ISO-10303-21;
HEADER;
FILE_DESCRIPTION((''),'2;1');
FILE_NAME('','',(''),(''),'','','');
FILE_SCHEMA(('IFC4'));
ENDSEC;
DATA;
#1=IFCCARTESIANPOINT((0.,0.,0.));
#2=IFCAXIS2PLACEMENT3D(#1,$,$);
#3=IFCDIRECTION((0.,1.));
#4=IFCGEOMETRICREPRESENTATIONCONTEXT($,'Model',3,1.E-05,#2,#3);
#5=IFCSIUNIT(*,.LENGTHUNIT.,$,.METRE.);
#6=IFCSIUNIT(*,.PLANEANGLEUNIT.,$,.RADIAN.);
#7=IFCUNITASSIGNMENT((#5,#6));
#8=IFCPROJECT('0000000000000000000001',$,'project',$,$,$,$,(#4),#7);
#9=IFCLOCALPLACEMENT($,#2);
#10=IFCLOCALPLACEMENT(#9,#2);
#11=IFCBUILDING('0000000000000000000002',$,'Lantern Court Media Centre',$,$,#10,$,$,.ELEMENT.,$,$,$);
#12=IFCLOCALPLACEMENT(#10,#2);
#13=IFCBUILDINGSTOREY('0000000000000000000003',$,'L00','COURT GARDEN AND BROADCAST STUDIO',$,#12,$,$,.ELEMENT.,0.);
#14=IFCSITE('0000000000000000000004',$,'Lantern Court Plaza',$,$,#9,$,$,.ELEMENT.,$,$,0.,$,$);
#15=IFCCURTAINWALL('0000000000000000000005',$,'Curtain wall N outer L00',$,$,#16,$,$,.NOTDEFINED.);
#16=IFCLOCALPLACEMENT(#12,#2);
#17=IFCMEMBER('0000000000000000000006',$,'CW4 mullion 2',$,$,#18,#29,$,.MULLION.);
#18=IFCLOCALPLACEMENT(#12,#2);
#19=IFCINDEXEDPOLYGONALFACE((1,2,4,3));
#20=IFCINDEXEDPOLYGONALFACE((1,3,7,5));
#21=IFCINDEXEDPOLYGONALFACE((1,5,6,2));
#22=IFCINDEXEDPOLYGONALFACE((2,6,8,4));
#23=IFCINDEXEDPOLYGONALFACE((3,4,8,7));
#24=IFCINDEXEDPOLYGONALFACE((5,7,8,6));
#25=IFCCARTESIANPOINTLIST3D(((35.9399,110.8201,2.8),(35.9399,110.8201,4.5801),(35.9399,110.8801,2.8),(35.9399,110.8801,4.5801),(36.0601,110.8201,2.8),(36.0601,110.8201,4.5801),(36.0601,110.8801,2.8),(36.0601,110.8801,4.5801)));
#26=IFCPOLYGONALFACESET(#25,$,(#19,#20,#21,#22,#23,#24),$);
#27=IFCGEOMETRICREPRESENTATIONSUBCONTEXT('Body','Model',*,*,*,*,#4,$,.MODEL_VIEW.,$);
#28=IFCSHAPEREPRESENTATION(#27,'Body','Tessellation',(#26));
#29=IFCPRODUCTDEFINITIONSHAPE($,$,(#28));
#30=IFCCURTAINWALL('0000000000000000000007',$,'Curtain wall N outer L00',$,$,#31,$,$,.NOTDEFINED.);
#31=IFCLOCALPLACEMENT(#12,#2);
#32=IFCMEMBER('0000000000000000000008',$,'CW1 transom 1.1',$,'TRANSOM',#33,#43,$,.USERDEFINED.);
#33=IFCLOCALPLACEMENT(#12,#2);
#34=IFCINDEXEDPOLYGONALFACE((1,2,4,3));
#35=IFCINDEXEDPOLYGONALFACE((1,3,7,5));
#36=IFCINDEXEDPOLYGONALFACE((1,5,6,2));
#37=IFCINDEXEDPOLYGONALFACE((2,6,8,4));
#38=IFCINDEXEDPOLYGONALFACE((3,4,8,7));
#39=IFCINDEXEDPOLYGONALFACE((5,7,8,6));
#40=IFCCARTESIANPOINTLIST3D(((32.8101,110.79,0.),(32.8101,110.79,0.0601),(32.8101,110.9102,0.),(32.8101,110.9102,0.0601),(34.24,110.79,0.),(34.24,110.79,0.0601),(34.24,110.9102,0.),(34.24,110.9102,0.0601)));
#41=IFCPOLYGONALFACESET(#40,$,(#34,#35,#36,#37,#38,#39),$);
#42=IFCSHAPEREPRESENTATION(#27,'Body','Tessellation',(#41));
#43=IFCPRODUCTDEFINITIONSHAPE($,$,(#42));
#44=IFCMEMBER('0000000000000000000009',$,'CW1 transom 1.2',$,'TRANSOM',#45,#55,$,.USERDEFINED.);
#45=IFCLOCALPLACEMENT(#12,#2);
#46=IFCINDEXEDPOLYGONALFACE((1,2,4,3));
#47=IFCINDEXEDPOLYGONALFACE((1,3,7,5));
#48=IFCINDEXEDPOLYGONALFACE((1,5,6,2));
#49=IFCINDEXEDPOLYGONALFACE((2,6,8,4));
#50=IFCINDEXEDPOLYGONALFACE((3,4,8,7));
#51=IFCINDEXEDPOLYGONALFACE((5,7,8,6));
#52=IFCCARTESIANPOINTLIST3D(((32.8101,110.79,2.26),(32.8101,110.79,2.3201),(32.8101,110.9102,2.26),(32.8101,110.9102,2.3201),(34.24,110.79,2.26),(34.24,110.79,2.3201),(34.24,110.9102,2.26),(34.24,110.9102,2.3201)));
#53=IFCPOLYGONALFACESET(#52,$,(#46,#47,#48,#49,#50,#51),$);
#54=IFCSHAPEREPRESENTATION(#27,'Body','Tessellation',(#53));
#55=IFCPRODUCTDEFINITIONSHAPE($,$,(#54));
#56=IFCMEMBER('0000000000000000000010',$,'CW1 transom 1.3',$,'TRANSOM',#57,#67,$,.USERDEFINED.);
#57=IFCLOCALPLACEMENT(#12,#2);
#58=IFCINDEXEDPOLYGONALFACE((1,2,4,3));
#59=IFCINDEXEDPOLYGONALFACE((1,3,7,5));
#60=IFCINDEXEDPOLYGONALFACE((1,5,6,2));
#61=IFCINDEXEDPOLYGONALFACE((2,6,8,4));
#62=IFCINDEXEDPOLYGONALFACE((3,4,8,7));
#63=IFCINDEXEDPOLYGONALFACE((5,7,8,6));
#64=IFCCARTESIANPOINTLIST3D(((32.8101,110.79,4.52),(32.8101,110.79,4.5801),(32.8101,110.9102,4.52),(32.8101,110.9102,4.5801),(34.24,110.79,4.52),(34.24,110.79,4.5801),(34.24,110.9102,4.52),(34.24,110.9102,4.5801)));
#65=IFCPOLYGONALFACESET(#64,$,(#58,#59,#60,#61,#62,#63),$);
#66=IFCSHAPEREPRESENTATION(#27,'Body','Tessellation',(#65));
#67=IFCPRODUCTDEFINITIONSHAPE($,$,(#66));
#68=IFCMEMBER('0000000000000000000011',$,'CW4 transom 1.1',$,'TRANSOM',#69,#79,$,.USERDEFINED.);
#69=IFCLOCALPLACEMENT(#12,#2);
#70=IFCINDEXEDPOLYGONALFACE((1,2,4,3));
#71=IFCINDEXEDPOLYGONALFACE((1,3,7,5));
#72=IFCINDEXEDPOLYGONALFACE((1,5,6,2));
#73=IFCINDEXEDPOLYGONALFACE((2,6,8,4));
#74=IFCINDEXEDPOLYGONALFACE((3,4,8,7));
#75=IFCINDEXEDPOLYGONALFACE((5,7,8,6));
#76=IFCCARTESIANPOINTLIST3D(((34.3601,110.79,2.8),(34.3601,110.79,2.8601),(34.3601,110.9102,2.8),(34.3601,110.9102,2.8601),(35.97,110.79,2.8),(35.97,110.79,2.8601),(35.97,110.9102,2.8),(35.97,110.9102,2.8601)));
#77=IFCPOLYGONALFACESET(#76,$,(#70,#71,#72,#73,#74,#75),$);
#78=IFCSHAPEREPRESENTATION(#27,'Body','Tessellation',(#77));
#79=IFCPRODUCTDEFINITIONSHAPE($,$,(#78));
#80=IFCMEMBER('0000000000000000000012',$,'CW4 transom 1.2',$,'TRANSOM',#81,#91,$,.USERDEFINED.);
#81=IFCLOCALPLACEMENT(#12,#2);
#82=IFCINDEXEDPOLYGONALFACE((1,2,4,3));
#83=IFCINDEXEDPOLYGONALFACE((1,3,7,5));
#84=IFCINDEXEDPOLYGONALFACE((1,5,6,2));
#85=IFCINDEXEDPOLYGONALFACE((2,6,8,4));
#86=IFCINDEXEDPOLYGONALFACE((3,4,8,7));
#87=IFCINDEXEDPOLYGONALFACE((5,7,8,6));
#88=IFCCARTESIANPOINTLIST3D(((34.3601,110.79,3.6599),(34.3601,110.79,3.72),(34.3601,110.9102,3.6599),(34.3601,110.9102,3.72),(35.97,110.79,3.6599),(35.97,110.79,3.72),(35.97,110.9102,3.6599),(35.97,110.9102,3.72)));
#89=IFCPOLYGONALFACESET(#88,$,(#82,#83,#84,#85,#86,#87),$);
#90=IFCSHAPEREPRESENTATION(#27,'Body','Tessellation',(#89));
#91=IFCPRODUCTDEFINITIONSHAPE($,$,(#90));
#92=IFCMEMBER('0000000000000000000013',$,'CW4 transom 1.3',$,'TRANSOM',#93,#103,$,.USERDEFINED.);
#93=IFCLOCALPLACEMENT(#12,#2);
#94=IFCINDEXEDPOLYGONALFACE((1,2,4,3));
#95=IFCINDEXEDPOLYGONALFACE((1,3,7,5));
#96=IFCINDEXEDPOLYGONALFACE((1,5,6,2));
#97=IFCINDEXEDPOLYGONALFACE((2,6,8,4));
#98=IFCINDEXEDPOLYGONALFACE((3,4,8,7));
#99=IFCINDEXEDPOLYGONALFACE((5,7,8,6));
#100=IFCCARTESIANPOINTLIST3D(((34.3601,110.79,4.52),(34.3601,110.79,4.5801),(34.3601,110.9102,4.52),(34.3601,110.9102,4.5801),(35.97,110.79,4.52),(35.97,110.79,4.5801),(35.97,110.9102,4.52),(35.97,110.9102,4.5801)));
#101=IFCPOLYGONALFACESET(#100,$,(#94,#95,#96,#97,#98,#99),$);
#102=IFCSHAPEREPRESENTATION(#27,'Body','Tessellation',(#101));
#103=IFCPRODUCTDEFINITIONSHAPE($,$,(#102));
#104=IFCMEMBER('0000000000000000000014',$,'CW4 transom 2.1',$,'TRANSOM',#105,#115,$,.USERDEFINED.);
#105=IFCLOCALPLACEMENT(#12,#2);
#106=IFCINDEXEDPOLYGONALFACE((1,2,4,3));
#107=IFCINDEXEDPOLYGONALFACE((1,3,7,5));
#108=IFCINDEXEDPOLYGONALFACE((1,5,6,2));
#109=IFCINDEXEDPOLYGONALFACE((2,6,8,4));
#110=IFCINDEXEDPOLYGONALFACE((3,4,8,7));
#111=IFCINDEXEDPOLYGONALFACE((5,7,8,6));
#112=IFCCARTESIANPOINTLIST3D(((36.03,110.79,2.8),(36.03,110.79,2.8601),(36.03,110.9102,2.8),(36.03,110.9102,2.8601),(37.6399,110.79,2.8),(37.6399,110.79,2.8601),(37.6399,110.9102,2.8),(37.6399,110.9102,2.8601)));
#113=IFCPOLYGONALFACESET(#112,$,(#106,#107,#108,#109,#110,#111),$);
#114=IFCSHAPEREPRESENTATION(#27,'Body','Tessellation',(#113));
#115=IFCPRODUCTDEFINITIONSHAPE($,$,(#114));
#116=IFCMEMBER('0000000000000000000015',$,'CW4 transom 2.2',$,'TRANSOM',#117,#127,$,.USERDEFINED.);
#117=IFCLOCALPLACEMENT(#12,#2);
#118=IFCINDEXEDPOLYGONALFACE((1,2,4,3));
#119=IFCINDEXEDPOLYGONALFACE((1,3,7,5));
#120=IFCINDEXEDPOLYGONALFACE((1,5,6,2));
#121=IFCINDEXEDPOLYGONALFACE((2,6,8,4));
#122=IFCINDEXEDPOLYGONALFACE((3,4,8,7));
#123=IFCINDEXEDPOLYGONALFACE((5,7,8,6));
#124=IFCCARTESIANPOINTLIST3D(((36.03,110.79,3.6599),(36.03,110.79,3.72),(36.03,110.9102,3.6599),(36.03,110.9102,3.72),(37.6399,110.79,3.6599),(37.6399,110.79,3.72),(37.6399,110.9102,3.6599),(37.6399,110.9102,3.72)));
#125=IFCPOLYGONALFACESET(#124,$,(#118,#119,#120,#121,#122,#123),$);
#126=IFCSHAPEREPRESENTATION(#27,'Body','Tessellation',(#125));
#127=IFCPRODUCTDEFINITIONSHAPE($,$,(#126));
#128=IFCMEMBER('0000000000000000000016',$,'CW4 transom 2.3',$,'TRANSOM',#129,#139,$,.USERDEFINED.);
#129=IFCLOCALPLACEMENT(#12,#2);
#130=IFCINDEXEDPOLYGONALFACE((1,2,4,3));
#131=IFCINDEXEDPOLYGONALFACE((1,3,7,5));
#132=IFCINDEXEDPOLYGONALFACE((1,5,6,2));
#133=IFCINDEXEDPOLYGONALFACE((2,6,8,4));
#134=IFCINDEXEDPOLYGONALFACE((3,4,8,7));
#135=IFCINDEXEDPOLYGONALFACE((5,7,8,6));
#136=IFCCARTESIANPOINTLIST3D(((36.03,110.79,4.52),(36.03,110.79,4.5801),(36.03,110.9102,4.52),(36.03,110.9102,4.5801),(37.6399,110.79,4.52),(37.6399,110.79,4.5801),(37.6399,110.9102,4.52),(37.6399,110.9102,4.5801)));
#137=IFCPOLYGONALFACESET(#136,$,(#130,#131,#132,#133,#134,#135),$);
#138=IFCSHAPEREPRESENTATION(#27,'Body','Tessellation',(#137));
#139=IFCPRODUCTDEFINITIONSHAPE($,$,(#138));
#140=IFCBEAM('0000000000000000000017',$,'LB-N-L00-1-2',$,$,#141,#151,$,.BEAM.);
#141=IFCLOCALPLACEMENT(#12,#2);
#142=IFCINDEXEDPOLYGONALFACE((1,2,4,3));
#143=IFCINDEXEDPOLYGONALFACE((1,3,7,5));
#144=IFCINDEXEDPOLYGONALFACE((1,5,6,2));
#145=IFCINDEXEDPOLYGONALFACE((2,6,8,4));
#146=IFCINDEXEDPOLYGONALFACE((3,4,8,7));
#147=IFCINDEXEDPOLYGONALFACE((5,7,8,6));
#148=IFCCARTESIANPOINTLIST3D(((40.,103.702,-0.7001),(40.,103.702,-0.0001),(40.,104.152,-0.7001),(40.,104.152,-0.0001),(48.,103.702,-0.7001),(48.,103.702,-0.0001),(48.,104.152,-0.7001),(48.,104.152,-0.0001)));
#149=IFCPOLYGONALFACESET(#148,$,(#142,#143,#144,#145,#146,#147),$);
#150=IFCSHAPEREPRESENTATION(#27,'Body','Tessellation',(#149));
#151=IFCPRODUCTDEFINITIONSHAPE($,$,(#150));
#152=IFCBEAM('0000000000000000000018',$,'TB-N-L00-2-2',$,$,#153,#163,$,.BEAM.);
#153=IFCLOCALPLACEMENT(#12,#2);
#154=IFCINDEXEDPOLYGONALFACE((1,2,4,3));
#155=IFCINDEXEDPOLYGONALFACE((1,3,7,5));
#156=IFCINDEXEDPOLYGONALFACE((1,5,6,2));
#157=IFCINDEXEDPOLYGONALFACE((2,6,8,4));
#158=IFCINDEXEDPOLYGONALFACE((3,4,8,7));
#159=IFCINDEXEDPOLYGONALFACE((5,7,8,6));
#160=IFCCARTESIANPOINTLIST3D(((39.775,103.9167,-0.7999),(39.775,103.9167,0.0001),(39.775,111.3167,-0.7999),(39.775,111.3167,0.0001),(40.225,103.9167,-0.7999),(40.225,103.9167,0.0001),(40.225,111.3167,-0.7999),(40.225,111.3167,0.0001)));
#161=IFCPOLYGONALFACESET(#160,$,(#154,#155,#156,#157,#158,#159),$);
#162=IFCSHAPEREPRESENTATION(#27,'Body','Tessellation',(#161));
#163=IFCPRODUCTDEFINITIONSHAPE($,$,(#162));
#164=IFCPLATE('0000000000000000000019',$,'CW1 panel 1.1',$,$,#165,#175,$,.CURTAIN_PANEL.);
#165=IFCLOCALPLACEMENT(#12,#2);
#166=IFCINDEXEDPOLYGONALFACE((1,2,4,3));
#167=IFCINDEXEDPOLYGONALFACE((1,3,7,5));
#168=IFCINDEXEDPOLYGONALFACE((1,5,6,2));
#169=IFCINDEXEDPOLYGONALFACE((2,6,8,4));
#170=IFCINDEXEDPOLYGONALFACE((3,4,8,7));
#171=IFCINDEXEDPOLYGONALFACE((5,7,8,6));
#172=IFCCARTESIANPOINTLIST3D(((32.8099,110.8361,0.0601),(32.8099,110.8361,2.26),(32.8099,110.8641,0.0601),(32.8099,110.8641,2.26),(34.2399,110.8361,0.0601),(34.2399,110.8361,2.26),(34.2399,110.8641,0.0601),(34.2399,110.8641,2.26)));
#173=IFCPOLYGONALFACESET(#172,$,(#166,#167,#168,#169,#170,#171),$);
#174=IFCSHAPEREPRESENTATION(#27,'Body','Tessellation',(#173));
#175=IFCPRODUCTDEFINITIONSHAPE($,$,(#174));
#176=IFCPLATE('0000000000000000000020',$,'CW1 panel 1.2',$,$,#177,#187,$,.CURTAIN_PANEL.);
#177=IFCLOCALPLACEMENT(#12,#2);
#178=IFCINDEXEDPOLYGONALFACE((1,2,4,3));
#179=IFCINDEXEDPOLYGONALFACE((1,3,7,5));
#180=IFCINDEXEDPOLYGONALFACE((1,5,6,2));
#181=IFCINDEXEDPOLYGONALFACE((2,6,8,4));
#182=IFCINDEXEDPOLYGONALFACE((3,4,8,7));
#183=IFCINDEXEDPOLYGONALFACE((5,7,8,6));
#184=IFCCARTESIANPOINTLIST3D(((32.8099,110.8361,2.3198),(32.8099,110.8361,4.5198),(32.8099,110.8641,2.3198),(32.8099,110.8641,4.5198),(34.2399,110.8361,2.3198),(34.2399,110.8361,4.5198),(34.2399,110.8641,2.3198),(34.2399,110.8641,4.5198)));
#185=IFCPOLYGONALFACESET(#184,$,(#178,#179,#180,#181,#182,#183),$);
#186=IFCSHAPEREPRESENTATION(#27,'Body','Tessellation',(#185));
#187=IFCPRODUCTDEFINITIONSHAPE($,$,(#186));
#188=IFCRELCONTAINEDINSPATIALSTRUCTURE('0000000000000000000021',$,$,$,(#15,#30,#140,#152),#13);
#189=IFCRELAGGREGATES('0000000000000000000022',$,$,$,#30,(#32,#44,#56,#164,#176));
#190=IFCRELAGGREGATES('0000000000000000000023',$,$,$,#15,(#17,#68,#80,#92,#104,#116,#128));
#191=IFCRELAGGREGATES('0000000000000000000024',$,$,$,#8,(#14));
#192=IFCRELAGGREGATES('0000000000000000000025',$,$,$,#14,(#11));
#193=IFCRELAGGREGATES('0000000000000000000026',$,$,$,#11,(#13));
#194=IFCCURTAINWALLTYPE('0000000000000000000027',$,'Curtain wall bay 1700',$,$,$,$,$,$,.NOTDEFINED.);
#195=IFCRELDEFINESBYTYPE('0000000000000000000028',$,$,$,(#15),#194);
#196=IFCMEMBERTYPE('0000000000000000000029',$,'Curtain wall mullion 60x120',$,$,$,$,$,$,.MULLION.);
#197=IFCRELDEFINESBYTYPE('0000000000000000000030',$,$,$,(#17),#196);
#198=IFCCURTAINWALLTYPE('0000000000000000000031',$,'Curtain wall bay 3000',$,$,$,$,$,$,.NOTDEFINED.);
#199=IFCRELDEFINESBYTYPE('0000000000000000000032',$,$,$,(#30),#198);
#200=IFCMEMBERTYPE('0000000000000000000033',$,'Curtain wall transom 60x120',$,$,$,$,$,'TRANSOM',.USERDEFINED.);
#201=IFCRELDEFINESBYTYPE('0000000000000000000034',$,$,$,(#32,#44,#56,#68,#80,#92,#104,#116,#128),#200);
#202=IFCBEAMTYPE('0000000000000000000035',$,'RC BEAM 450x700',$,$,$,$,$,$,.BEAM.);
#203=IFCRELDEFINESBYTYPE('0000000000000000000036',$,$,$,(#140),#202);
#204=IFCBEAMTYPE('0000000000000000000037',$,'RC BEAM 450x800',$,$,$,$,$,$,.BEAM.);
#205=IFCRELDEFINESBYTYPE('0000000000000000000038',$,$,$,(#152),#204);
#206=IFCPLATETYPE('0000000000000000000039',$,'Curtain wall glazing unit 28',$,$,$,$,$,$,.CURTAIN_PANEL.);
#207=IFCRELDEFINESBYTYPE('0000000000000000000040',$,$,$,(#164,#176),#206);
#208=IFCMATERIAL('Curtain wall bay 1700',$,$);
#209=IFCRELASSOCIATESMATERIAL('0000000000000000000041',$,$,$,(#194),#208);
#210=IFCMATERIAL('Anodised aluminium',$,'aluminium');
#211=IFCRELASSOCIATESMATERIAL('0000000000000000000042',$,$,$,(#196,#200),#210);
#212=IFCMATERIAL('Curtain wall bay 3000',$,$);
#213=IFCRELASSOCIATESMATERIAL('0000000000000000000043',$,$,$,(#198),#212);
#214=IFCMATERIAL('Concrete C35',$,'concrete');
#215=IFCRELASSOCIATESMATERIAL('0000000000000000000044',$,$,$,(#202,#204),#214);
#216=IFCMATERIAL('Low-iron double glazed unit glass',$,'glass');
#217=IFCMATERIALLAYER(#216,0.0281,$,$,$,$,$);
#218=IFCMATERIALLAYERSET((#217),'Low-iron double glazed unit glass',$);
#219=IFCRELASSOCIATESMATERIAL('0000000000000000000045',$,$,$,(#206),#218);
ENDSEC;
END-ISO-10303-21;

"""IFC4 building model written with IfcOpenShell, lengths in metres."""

from ifc_helpers import new_model, si_unit, direction, frame, origin, origin_2d, place, context, subcontext, project, spatial, rectangle, extrude, material, layer, layer_set, material_profile, profile_set, type_object, element, aggregate, save


model = new_model("IFC4")

# Units and contexts
model_context = context("Model", 3, precision=1e-05, world=origin(), true_north=direction((0.0, 1.0)))
body_context = subcontext(model_context, "Body", "Model", "MODEL_VIEW")
ifc_project = project(units=[si_unit("LENGTHUNIT", "METRE"), si_unit("PLANEANGLEUNIT", "RADIAN")], contexts=[model_context])

# Site, building, storey
site_placement = place(None, origin())
site = spatial("IfcSite", under=ifc_project, at=site_placement, Name="Lantern Court Plaza", CompositionType="ELEMENT", RefElevation=0.0)
building_placement = place(site_placement, origin())
building = spatial("IfcBuilding", under=site, at=building_placement, Name="Lantern Court Media Centre", CompositionType="ELEMENT")
storey_placement = place(building_placement, origin())
storey = spatial("IfcBuildingStorey", under=building, at=storey_placement, Name="L00", Description="COURT GARDEN AND BROADCAST STUDIO", CompositionType="ELEMENT", Elevation=0.0)

# Shared definitions
ifc_material_1 = material(Name="Concrete C35", Category="concrete")

# Curtain walls, members
ifc_material_2 = material(Name="Curtain wall bay 1700")
curtain_wall_type_1 = type_object("IfcCurtainWallType", Name="Curtain wall bay 1700", PredefinedType="NOTDEFINED", material=ifc_material_2)
curtain_wall_1_placement = place(storey_placement, origin())
curtain_wall_1 = element("IfcCurtainWall", 1, at=curtain_wall_1_placement, inside=storey, type_object=curtain_wall_type_1, Name="Curtain wall N outer L00", PredefinedType="NOTDEFINED")
ifc_material_3 = material(Name="Anodised aluminium", Category="aluminium")
ifc_material_profile_1 = material_profile(ifc_material_3, rectangle(XDim=0.0601, YDim=0.1201, at=origin_2d()), Name="AL 60x120")
ifc_profile_set_1 = profile_set([ifc_material_profile_1], Name="Anodised aluminium")
member_type_1 = type_object("IfcMemberType", Name="Curtain wall mullion 60x120", PredefinedType="MULLION", material=ifc_profile_set_1)
member_1_placement = place(storey_placement, frame((36.0, 110.8501, 2.8), z_axis=(0.0, 0.0, 1.0), x_axis=(0.0, 1.0, 0.0)))
member_1 = element("IfcMember", 2, at=member_1_placement, type_object=member_type_1, Name="CW4 mullion 2", PredefinedType="MULLION", context=body_context, shape_type="SweptSolid", body=[
    extrude(rectangle(XDim=0.0601, YDim=0.1201, at=origin_2d()), origin(), (0.0, 0.0, 1.0), 1.78),
])
ifc_material_4 = material(Name="Curtain wall bay 3000")
curtain_wall_type_2 = type_object("IfcCurtainWallType", Name="Curtain wall bay 3000", PredefinedType="NOTDEFINED", material=ifc_material_4)
curtain_wall_2_placement = place(storey_placement, origin())
curtain_wall_2 = element("IfcCurtainWall", 3, at=curtain_wall_2_placement, inside=storey, type_object=curtain_wall_type_2, Name="Curtain wall N outer L00", PredefinedType="NOTDEFINED")
ifc_material_profile_2 = material_profile(ifc_material_3, rectangle(XDim=0.1201, YDim=0.0601, at=origin_2d()), Name="AL 60x120")
ifc_profile_set_2 = profile_set([ifc_material_profile_2], Name="Anodised aluminium")
member_type_2 = type_object("IfcMemberType", Name="Curtain wall transom 60x120", ElementType="TRANSOM", PredefinedType="USERDEFINED", material=ifc_profile_set_2)
member_2_placement = place(storey_placement, frame((32.8101, 110.8501, 0.03), z_axis=(1.0, 0.0, 0.0), x_axis=(0.0, 1.0, 0.0)))
member_2 = element("IfcMember", 4, at=member_2_placement, type_object=member_type_2, Name="CW1 transom 1.1", ObjectType="TRANSOM", PredefinedType="USERDEFINED", context=body_context, shape_type="SweptSolid", body=[
    extrude(rectangle(XDim=0.1201, YDim=0.0601, at=origin_2d()), origin(), (0.0, 0.0, 1.0), 1.4299),
])
member_3_placement = place(storey_placement, frame((32.8101, 110.8501, 2.29), z_axis=(1.0, 0.0, 0.0), x_axis=(0.0, 1.0, 0.0)))
member_3 = element("IfcMember", 5, at=member_3_placement, type_object=member_type_2, Name="CW1 transom 1.2", ObjectType="TRANSOM", PredefinedType="USERDEFINED", context=body_context, shape_type="SweptSolid", body=[
    extrude(rectangle(XDim=0.1201, YDim=0.0601, at=origin_2d()), origin(), (0.0, 0.0, 1.0), 1.4299),
])
member_4_placement = place(storey_placement, frame((32.8101, 110.8501, 4.55), z_axis=(1.0, 0.0, 0.0), x_axis=(0.0, 1.0, 0.0)))
member_4 = element("IfcMember", 6, at=member_4_placement, type_object=member_type_2, Name="CW1 transom 1.3", ObjectType="TRANSOM", PredefinedType="USERDEFINED", context=body_context, shape_type="SweptSolid", body=[
    extrude(rectangle(XDim=0.1201, YDim=0.0601, at=origin_2d()), origin(), (0.0, 0.0, 1.0), 1.4299),
])

# Members
member_5_placement = place(storey_placement, frame((34.3601, 110.8501, 2.8301), z_axis=(1.0, 0.0, 0.0), x_axis=(0.0, 1.0, 0.0)))
member_5 = element("IfcMember", 7, at=member_5_placement, type_object=member_type_2, Name="CW4 transom 1.1", ObjectType="TRANSOM", PredefinedType="USERDEFINED", context=body_context, shape_type="SweptSolid", body=[
    extrude(rectangle(XDim=0.1201, YDim=0.0601, at=origin_2d()), origin(), (0.0, 0.0, 1.0), 1.6099),
])
member_6_placement = place(storey_placement, frame((34.3601, 110.8501, 3.6899), z_axis=(1.0, 0.0, 0.0), x_axis=(0.0, 1.0, 0.0)))
member_6 = element("IfcMember", 8, at=member_6_placement, type_object=member_type_2, Name="CW4 transom 1.2", ObjectType="TRANSOM", PredefinedType="USERDEFINED", context=body_context, shape_type="SweptSolid", body=[
    extrude(rectangle(XDim=0.1201, YDim=0.0601, at=origin_2d()), origin(), (0.0, 0.0, 1.0), 1.6099),
])
member_7_placement = place(storey_placement, frame((34.3601, 110.8501, 4.55), z_axis=(1.0, 0.0, 0.0), x_axis=(0.0, 1.0, 0.0)))
member_7 = element("IfcMember", 9, at=member_7_placement, type_object=member_type_2, Name="CW4 transom 1.3", ObjectType="TRANSOM", PredefinedType="USERDEFINED", context=body_context, shape_type="SweptSolid", body=[
    extrude(rectangle(XDim=0.1201, YDim=0.0601, at=origin_2d()), origin(), (0.0, 0.0, 1.0), 1.6099),
])
member_8_placement = place(storey_placement, frame((36.03, 110.8501, 2.8301), z_axis=(1.0, 0.0, 0.0), x_axis=(0.0, 1.0, 0.0)))
member_8 = element("IfcMember", 10, at=member_8_placement, type_object=member_type_2, Name="CW4 transom 2.1", ObjectType="TRANSOM", PredefinedType="USERDEFINED", context=body_context, shape_type="SweptSolid", body=[
    extrude(rectangle(XDim=0.1201, YDim=0.0601, at=origin_2d()), origin(), (0.0, 0.0, 1.0), 1.6099),
])
member_9_placement = place(storey_placement, frame((36.03, 110.8501, 3.6899), z_axis=(1.0, 0.0, 0.0), x_axis=(0.0, 1.0, 0.0)))
member_9 = element("IfcMember", 11, at=member_9_placement, type_object=member_type_2, Name="CW4 transom 2.2", ObjectType="TRANSOM", PredefinedType="USERDEFINED", context=body_context, shape_type="SweptSolid", body=[
    extrude(rectangle(XDim=0.1201, YDim=0.0601, at=origin_2d()), origin(), (0.0, 0.0, 1.0), 1.6099),
])
member_10_placement = place(storey_placement, frame((36.03, 110.8501, 4.55), z_axis=(1.0, 0.0, 0.0), x_axis=(0.0, 1.0, 0.0)))
member_10 = element("IfcMember", 12, at=member_10_placement, type_object=member_type_2, Name="CW4 transom 2.3", ObjectType="TRANSOM", PredefinedType="USERDEFINED", context=body_context, shape_type="SweptSolid", body=[
    extrude(rectangle(XDim=0.1201, YDim=0.0601, at=origin_2d()), origin(), (0.0, 0.0, 1.0), 1.6099),
])

# Beams
ifc_material_profile_3 = material_profile(ifc_material_1, rectangle(XDim=0.45, YDim=0.7, at=origin_2d()), Name="RC 450x700")
ifc_profile_set_3 = profile_set([ifc_material_profile_3], Name="Concrete C35")
beam_type_1 = type_object("IfcBeamType", Name="RC BEAM 450x700", PredefinedType="BEAM", material=ifc_profile_set_3)
beam_1_placement = place(storey_placement, frame((40.0, 103.927, -0.3501), z_axis=(1.0, 0.0, 0.0), x_axis=(0.0, 1.0, 0.0)))
element("IfcBeam", 13, at=beam_1_placement, inside=storey, type_object=beam_type_1, Name="LB-N-L00-1-2", PredefinedType="BEAM", context=body_context, shape_type="SweptSolid", body=[
    extrude(rectangle(XDim=0.45, YDim=0.7, at=origin_2d()), origin(), (0.0, 0.0, 1.0), 8.0),
])
ifc_material_profile_4 = material_profile(ifc_material_1, rectangle(XDim=0.45, YDim=0.8, at=origin_2d()), Name="RC 450x800")
ifc_profile_set_4 = profile_set([ifc_material_profile_4], Name="Concrete C35")
beam_type_2 = type_object("IfcBeamType", Name="RC BEAM 450x800", PredefinedType="BEAM", material=ifc_profile_set_4)
beam_2_placement = place(storey_placement, frame((40.0, 103.9167, -0.3999), z_axis=(0.0, 1.0, 0.0), x_axis=(-1.0, 0.0, 0.0)))
element("IfcBeam", 14, at=beam_2_placement, inside=storey, type_object=beam_type_2, Name="TB-N-L00-2-2", PredefinedType="BEAM", context=body_context, shape_type="SweptSolid", body=[
    extrude(rectangle(XDim=0.45, YDim=0.8, at=origin_2d()), origin(), (0.0, 0.0, 1.0), 7.3999),
])

# Plates
ifc_material_5 = material(Name="Low-iron double glazed unit glass", Category="glass")
ifc_layer_1 = layer(ifc_material_5, 0.0281)
ifc_layer_set_1 = layer_set([ifc_layer_1], Name="Low-iron double glazed unit glass")
plate_type = type_object("IfcPlateType", Name="Curtain wall glazing unit 28", PredefinedType="CURTAIN_PANEL", material=ifc_layer_set_1)
plate_1_placement = place(storey_placement, frame((33.5249, 110.8501, 0.0601), z_axis=(0.0, 0.0, 1.0), x_axis=(1.0, 0.0, 0.0)))
plate_1 = element("IfcPlate", 15, at=plate_1_placement, type_object=plate_type, Name="CW1 panel 1.1", PredefinedType="CURTAIN_PANEL", context=body_context, shape_type="SweptSolid", body=[
    extrude(rectangle(XDim=1.4299, YDim=0.0281, at=origin_2d()), origin(), (0.0, 0.0, 1.0), 2.2),
])
plate_2_placement = place(storey_placement, frame((33.5249, 110.8501, 2.3198), z_axis=(0.0, 0.0, 1.0), x_axis=(1.0, 0.0, 0.0)))
plate_2 = element("IfcPlate", 16, at=plate_2_placement, type_object=plate_type, Name="CW1 panel 1.2", PredefinedType="CURTAIN_PANEL", context=body_context, shape_type="SweptSolid", body=[
    extrude(rectangle(XDim=1.4299, YDim=0.0281, at=origin_2d()), origin(), (0.0, 0.0, 1.0), 2.2),
])
aggregate(curtain_wall_2, [member_2, member_3, member_4, plate_1, plate_2])
aggregate(curtain_wall_1, [member_1, member_5, member_6, member_7, member_8, member_9, member_10])

save(model, "model.ifc")
